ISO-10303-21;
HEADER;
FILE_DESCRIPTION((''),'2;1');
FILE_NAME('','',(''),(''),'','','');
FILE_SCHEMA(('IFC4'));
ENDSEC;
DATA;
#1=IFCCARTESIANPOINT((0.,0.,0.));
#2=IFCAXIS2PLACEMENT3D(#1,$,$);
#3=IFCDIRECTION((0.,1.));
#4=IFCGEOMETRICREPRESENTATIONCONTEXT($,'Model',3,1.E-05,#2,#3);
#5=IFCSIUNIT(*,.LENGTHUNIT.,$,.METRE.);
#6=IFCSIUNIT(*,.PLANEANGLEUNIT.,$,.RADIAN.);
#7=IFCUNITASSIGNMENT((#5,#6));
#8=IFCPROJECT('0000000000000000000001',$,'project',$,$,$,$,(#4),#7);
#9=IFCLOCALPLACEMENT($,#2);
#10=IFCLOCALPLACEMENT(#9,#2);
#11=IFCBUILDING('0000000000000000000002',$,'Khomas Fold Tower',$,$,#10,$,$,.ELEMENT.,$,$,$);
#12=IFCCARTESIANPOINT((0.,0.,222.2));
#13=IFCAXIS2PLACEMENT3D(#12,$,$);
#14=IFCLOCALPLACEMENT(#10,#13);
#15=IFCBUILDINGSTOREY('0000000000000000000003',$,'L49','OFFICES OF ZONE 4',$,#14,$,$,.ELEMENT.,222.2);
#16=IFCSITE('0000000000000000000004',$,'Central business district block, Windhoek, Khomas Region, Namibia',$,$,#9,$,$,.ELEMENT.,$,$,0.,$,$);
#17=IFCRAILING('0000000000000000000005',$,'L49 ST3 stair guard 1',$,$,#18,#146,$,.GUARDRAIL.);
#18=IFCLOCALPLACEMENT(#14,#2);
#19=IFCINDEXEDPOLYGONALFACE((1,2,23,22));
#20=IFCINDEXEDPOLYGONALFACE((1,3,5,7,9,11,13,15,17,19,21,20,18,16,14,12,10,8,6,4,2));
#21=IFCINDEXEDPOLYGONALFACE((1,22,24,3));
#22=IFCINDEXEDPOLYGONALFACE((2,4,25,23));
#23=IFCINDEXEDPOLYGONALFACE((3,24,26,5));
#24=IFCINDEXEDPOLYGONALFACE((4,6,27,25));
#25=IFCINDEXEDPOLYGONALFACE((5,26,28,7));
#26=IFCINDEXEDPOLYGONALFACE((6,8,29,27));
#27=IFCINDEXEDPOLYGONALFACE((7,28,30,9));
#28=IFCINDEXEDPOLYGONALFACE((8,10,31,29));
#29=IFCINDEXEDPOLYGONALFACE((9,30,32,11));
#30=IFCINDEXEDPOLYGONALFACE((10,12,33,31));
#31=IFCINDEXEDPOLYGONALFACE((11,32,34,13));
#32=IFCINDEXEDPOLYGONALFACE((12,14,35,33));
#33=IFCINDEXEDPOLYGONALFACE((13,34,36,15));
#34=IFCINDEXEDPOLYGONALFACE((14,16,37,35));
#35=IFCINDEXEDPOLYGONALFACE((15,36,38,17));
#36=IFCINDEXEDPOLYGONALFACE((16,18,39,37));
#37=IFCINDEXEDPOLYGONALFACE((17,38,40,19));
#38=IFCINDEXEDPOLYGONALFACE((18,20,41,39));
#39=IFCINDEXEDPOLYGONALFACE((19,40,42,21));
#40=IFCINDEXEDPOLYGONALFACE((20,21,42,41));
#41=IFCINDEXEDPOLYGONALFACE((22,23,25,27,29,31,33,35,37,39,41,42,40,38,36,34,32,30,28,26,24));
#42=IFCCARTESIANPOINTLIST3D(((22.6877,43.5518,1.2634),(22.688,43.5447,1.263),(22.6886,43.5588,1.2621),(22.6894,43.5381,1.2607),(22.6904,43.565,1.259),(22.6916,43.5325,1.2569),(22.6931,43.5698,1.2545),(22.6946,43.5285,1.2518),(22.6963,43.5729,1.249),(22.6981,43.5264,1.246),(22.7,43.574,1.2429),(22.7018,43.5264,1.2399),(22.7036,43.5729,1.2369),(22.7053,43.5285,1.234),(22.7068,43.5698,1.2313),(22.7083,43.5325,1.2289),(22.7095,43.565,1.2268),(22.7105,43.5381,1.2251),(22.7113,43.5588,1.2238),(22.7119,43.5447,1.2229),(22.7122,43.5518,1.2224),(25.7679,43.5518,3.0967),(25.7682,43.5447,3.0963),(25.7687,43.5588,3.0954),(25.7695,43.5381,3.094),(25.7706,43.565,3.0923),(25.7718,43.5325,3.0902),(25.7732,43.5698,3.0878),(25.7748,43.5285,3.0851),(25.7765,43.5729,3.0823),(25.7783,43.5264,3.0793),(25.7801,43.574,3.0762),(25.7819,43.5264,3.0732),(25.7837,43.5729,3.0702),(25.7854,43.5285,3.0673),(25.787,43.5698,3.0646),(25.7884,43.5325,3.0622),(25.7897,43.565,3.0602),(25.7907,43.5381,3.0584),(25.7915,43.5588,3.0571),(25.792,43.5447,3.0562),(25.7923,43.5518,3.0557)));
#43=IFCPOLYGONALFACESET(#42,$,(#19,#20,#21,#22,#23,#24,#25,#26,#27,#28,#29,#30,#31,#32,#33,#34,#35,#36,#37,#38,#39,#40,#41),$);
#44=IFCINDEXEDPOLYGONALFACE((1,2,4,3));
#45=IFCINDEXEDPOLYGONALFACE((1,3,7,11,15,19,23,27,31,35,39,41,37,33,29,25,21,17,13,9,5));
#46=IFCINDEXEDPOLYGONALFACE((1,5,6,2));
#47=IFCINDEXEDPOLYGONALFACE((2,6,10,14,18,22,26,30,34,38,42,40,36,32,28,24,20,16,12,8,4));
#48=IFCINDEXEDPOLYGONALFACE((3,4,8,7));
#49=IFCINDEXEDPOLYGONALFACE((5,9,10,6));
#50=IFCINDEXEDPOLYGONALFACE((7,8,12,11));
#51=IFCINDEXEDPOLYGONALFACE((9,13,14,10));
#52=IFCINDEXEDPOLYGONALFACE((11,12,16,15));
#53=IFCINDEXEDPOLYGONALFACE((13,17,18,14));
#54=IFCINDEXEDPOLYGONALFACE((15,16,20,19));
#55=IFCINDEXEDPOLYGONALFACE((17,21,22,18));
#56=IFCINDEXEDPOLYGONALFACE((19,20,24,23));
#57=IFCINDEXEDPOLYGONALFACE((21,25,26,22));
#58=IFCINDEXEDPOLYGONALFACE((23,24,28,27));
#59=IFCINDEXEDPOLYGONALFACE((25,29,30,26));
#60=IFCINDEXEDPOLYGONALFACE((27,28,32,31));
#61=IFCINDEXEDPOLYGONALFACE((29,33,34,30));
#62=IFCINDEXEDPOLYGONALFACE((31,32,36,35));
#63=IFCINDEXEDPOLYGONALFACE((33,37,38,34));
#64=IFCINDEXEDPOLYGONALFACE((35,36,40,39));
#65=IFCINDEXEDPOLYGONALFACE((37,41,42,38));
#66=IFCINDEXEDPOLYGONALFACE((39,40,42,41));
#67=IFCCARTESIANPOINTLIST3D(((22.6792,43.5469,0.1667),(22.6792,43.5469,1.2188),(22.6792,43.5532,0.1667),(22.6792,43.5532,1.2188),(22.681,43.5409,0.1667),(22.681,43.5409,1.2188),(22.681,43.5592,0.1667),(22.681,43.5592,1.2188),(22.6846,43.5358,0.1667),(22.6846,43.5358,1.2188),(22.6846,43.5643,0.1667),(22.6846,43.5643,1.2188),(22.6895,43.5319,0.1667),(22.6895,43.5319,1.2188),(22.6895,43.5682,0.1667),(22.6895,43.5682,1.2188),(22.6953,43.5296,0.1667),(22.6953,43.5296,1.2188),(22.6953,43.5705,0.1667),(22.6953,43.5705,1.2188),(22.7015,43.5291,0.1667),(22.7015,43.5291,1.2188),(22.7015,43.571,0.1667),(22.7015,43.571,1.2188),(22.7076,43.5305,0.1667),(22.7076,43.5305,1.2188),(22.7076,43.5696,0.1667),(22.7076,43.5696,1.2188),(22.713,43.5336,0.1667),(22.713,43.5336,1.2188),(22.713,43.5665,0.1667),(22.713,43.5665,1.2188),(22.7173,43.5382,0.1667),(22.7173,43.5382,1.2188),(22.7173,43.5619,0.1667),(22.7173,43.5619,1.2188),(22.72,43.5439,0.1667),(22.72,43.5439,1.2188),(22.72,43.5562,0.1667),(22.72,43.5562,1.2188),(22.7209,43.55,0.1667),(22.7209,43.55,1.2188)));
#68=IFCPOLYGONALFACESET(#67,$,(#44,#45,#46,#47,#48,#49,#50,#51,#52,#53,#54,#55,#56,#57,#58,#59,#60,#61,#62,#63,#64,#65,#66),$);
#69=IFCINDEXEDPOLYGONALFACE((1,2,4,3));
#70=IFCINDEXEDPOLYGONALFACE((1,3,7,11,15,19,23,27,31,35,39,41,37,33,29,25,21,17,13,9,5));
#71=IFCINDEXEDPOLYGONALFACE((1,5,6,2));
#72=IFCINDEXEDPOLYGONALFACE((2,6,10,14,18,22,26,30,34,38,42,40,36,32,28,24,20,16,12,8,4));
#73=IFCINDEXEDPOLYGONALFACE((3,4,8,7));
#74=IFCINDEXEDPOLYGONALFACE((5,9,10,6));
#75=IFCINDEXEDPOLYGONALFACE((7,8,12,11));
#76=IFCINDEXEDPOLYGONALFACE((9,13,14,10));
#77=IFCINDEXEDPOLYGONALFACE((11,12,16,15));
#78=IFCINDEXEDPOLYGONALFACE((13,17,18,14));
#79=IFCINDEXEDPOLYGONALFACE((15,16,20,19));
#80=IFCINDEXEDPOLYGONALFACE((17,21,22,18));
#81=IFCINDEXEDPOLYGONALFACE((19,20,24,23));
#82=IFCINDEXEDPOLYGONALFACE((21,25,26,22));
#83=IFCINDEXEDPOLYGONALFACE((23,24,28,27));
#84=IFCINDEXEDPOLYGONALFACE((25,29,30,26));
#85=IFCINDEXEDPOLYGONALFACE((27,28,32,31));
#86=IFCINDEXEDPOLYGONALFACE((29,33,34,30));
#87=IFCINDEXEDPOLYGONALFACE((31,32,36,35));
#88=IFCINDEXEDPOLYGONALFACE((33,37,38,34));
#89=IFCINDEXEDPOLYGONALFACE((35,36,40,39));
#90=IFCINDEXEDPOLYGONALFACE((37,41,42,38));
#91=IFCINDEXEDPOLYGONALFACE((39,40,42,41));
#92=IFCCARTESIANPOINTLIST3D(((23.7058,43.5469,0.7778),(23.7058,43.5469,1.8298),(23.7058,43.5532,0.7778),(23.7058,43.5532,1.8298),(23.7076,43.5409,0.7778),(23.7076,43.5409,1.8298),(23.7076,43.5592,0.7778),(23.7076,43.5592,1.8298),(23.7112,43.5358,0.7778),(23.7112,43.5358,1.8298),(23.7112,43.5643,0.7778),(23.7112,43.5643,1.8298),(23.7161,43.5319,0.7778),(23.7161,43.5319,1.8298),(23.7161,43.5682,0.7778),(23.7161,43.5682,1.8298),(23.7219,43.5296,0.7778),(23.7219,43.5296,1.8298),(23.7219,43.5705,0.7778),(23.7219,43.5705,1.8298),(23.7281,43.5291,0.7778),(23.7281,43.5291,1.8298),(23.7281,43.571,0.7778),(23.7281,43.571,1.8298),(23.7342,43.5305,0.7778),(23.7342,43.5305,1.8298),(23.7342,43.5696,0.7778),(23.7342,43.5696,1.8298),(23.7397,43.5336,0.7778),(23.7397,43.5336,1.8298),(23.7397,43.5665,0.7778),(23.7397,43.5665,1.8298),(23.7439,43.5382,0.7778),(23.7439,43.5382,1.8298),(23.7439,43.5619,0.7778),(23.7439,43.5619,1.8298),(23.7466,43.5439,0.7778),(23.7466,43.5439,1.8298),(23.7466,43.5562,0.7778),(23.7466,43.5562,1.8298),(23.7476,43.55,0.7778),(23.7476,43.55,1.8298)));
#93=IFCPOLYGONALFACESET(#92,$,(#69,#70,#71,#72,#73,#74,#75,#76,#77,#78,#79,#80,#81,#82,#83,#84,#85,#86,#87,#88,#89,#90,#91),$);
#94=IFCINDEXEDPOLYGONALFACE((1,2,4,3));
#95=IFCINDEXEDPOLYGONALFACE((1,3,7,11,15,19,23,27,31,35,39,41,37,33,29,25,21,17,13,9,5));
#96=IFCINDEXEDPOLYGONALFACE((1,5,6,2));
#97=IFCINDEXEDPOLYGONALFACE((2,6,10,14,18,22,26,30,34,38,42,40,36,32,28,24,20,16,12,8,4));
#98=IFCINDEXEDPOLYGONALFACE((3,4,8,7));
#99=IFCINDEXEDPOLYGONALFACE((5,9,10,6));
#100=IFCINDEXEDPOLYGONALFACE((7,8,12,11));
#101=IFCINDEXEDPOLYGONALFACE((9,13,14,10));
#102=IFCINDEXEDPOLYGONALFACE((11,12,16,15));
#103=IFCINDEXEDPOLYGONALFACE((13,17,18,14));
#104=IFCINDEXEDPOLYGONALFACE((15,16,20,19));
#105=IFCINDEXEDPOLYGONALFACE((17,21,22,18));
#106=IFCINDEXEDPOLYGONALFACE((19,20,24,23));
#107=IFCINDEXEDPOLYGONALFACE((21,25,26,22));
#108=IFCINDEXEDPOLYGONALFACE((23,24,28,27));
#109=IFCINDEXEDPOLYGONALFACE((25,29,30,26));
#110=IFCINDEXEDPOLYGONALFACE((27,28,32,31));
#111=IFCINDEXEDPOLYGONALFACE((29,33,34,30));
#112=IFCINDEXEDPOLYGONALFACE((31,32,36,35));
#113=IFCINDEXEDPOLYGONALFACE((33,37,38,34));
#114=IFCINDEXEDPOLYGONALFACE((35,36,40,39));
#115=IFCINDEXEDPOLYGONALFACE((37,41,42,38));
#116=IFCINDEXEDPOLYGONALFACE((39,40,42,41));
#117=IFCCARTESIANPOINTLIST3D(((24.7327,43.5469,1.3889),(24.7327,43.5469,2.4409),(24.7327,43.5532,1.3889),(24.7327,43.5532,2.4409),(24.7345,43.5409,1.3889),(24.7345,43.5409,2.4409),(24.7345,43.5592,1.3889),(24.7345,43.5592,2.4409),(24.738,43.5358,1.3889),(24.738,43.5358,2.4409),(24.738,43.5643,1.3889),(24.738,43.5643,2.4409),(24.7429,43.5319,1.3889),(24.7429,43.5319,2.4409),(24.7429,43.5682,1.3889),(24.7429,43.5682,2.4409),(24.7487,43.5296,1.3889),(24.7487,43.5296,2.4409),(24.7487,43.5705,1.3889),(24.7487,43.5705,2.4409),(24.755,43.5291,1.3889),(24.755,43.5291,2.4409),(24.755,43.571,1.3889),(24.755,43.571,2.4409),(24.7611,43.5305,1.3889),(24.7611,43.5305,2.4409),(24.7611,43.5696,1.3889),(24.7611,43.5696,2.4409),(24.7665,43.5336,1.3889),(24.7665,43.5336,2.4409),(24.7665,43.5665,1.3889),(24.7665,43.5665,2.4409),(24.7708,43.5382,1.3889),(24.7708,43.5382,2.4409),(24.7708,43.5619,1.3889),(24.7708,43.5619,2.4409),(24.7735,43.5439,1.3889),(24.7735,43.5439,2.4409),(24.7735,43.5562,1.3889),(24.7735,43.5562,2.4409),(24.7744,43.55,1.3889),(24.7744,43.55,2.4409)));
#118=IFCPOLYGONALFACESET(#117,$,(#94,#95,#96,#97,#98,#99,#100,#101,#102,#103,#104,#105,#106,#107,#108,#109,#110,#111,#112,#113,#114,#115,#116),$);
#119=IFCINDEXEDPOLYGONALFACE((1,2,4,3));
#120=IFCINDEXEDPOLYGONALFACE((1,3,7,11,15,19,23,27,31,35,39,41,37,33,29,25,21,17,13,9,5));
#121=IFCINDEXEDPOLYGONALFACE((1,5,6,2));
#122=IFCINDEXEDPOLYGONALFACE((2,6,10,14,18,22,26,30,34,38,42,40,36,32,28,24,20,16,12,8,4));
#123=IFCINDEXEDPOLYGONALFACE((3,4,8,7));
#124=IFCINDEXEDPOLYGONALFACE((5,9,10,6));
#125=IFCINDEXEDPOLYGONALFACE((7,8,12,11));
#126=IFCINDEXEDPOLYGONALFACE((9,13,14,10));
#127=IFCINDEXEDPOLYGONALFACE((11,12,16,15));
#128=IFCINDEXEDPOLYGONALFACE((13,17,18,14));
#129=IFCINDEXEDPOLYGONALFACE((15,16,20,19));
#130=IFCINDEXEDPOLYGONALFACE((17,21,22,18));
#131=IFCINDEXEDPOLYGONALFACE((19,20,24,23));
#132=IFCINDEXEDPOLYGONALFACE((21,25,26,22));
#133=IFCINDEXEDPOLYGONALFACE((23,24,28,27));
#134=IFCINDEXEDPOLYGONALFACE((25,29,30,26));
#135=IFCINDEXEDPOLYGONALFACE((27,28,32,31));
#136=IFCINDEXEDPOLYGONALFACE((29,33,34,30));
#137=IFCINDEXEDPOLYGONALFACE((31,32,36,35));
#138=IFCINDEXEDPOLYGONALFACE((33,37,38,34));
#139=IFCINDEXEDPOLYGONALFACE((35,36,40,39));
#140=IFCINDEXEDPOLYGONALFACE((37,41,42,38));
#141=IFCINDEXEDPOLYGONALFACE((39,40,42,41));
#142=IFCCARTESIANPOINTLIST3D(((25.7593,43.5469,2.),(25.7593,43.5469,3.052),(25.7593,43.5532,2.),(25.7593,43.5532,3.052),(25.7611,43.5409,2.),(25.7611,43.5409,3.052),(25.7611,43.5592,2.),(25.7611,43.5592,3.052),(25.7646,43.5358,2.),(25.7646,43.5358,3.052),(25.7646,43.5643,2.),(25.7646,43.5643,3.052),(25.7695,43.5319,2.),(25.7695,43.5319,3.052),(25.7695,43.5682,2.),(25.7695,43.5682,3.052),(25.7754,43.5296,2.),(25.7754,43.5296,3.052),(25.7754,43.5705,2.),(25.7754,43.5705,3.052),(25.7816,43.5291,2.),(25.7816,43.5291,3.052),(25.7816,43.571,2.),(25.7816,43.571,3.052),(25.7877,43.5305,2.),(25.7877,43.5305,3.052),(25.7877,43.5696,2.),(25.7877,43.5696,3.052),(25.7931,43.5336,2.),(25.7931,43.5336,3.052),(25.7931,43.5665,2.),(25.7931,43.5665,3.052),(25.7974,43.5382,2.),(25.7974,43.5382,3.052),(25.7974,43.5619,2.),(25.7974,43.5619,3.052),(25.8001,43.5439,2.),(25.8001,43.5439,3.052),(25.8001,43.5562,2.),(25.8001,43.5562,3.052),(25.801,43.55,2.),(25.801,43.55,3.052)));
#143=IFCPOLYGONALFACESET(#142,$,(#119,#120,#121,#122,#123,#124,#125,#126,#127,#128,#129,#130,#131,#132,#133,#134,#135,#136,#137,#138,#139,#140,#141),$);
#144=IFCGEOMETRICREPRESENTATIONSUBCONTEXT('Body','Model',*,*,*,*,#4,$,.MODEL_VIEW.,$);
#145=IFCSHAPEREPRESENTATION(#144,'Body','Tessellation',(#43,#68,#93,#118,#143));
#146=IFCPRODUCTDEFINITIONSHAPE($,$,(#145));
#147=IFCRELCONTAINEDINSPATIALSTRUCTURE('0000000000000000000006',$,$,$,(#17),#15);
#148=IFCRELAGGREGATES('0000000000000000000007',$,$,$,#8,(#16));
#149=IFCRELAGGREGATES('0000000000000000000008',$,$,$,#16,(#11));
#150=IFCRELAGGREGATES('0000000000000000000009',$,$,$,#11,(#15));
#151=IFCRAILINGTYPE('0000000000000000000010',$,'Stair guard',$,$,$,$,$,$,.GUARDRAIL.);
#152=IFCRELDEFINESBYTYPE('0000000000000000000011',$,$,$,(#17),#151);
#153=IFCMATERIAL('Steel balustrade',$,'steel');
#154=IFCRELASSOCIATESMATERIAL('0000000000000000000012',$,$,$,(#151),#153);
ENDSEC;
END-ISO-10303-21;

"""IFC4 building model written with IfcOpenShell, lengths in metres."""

from ifc_helpers import new_model, si_unit, direction, frame, origin, origin_2d, place, context, subcontext, project, spatial, circle, extrude, source, transform, mapped, material, type_object, element, save


model = new_model("IFC4")

# Units and contexts
model_context = context("Model", 3, precision=1e-05, world=origin(), true_north=direction((0.0, 1.0)))
body_context = subcontext(model_context, "Body", "Model", "MODEL_VIEW")
ifc_project = project(units=[si_unit("LENGTHUNIT", "METRE"), si_unit("PLANEANGLEUNIT", "RADIAN")], contexts=[model_context])

# Site, building, storey
site_placement = place(None, origin())
site = spatial("IfcSite", under=ifc_project, at=site_placement, Name="Central business district block, Windhoek, Khomas Region, Namibia", CompositionType="ELEMENT", RefElevation=0.0)
building_placement = place(site_placement, origin())
building = spatial("IfcBuilding", under=site, at=building_placement, Name="Khomas Fold Tower", CompositionType="ELEMENT")
storey_placement = place(building_placement, frame((0.0, 0.0, 222.2)))
storey = spatial("IfcBuildingStorey", under=building, at=storey_placement, Name="L49", Description="OFFICES OF ZONE 4", CompositionType="ELEMENT", Elevation=222.2)

# Railing
ifc_material_1 = material(Name="Steel balustrade", Category="steel")
railing_type_1 = type_object("IfcRailingType", Name="Stair guard", PredefinedType="GUARDRAIL", material=ifc_material_1)
shared_shape_1 = source(origin(), body_context, "Body", "SweptSolid", [
    extrude(circle(Radius=0.0239, at=origin_2d()), frame((0.0, 0.0, 1.0762), z_axis=(0.859309, 0.0, 0.511458), x_axis=(0.0, 1.0, 0.0)), (0.0, 0.0, 1.0), 3.5845),
    extrude(circle(Radius=0.021, at=origin_2d()), origin(), (0.0, 0.0, 1.0), 1.052),
    extrude(circle(Radius=0.021, at=origin_2d()), frame((1.0266, 0.0, 0.6111)), (0.0, 0.0, 1.0), 1.052),
    extrude(circle(Radius=0.021, at=origin_2d()), frame((2.0535, 0.0, 1.2222)), (0.0, 0.0, 1.0), 1.052),
    extrude(circle(Radius=0.021, at=origin_2d()), frame((3.0801, 0.0, 1.8333)), (0.0, 0.0, 1.0), 1.052),
])
railing_1_placement = place(storey_placement, frame((22.7, 43.55, 0.1667)))
element("IfcRailing", 1, at=railing_1_placement, inside=storey, type_object=railing_type_1, Name="L49 ST3 stair guard 1", PredefinedType="GUARDRAIL", context=body_context, shape_type="MappedRepresentation", body=[
    mapped(shared_shape_1, transform((0.0, 0.0, 0.0))),
])

save(model, "model.ifc")
